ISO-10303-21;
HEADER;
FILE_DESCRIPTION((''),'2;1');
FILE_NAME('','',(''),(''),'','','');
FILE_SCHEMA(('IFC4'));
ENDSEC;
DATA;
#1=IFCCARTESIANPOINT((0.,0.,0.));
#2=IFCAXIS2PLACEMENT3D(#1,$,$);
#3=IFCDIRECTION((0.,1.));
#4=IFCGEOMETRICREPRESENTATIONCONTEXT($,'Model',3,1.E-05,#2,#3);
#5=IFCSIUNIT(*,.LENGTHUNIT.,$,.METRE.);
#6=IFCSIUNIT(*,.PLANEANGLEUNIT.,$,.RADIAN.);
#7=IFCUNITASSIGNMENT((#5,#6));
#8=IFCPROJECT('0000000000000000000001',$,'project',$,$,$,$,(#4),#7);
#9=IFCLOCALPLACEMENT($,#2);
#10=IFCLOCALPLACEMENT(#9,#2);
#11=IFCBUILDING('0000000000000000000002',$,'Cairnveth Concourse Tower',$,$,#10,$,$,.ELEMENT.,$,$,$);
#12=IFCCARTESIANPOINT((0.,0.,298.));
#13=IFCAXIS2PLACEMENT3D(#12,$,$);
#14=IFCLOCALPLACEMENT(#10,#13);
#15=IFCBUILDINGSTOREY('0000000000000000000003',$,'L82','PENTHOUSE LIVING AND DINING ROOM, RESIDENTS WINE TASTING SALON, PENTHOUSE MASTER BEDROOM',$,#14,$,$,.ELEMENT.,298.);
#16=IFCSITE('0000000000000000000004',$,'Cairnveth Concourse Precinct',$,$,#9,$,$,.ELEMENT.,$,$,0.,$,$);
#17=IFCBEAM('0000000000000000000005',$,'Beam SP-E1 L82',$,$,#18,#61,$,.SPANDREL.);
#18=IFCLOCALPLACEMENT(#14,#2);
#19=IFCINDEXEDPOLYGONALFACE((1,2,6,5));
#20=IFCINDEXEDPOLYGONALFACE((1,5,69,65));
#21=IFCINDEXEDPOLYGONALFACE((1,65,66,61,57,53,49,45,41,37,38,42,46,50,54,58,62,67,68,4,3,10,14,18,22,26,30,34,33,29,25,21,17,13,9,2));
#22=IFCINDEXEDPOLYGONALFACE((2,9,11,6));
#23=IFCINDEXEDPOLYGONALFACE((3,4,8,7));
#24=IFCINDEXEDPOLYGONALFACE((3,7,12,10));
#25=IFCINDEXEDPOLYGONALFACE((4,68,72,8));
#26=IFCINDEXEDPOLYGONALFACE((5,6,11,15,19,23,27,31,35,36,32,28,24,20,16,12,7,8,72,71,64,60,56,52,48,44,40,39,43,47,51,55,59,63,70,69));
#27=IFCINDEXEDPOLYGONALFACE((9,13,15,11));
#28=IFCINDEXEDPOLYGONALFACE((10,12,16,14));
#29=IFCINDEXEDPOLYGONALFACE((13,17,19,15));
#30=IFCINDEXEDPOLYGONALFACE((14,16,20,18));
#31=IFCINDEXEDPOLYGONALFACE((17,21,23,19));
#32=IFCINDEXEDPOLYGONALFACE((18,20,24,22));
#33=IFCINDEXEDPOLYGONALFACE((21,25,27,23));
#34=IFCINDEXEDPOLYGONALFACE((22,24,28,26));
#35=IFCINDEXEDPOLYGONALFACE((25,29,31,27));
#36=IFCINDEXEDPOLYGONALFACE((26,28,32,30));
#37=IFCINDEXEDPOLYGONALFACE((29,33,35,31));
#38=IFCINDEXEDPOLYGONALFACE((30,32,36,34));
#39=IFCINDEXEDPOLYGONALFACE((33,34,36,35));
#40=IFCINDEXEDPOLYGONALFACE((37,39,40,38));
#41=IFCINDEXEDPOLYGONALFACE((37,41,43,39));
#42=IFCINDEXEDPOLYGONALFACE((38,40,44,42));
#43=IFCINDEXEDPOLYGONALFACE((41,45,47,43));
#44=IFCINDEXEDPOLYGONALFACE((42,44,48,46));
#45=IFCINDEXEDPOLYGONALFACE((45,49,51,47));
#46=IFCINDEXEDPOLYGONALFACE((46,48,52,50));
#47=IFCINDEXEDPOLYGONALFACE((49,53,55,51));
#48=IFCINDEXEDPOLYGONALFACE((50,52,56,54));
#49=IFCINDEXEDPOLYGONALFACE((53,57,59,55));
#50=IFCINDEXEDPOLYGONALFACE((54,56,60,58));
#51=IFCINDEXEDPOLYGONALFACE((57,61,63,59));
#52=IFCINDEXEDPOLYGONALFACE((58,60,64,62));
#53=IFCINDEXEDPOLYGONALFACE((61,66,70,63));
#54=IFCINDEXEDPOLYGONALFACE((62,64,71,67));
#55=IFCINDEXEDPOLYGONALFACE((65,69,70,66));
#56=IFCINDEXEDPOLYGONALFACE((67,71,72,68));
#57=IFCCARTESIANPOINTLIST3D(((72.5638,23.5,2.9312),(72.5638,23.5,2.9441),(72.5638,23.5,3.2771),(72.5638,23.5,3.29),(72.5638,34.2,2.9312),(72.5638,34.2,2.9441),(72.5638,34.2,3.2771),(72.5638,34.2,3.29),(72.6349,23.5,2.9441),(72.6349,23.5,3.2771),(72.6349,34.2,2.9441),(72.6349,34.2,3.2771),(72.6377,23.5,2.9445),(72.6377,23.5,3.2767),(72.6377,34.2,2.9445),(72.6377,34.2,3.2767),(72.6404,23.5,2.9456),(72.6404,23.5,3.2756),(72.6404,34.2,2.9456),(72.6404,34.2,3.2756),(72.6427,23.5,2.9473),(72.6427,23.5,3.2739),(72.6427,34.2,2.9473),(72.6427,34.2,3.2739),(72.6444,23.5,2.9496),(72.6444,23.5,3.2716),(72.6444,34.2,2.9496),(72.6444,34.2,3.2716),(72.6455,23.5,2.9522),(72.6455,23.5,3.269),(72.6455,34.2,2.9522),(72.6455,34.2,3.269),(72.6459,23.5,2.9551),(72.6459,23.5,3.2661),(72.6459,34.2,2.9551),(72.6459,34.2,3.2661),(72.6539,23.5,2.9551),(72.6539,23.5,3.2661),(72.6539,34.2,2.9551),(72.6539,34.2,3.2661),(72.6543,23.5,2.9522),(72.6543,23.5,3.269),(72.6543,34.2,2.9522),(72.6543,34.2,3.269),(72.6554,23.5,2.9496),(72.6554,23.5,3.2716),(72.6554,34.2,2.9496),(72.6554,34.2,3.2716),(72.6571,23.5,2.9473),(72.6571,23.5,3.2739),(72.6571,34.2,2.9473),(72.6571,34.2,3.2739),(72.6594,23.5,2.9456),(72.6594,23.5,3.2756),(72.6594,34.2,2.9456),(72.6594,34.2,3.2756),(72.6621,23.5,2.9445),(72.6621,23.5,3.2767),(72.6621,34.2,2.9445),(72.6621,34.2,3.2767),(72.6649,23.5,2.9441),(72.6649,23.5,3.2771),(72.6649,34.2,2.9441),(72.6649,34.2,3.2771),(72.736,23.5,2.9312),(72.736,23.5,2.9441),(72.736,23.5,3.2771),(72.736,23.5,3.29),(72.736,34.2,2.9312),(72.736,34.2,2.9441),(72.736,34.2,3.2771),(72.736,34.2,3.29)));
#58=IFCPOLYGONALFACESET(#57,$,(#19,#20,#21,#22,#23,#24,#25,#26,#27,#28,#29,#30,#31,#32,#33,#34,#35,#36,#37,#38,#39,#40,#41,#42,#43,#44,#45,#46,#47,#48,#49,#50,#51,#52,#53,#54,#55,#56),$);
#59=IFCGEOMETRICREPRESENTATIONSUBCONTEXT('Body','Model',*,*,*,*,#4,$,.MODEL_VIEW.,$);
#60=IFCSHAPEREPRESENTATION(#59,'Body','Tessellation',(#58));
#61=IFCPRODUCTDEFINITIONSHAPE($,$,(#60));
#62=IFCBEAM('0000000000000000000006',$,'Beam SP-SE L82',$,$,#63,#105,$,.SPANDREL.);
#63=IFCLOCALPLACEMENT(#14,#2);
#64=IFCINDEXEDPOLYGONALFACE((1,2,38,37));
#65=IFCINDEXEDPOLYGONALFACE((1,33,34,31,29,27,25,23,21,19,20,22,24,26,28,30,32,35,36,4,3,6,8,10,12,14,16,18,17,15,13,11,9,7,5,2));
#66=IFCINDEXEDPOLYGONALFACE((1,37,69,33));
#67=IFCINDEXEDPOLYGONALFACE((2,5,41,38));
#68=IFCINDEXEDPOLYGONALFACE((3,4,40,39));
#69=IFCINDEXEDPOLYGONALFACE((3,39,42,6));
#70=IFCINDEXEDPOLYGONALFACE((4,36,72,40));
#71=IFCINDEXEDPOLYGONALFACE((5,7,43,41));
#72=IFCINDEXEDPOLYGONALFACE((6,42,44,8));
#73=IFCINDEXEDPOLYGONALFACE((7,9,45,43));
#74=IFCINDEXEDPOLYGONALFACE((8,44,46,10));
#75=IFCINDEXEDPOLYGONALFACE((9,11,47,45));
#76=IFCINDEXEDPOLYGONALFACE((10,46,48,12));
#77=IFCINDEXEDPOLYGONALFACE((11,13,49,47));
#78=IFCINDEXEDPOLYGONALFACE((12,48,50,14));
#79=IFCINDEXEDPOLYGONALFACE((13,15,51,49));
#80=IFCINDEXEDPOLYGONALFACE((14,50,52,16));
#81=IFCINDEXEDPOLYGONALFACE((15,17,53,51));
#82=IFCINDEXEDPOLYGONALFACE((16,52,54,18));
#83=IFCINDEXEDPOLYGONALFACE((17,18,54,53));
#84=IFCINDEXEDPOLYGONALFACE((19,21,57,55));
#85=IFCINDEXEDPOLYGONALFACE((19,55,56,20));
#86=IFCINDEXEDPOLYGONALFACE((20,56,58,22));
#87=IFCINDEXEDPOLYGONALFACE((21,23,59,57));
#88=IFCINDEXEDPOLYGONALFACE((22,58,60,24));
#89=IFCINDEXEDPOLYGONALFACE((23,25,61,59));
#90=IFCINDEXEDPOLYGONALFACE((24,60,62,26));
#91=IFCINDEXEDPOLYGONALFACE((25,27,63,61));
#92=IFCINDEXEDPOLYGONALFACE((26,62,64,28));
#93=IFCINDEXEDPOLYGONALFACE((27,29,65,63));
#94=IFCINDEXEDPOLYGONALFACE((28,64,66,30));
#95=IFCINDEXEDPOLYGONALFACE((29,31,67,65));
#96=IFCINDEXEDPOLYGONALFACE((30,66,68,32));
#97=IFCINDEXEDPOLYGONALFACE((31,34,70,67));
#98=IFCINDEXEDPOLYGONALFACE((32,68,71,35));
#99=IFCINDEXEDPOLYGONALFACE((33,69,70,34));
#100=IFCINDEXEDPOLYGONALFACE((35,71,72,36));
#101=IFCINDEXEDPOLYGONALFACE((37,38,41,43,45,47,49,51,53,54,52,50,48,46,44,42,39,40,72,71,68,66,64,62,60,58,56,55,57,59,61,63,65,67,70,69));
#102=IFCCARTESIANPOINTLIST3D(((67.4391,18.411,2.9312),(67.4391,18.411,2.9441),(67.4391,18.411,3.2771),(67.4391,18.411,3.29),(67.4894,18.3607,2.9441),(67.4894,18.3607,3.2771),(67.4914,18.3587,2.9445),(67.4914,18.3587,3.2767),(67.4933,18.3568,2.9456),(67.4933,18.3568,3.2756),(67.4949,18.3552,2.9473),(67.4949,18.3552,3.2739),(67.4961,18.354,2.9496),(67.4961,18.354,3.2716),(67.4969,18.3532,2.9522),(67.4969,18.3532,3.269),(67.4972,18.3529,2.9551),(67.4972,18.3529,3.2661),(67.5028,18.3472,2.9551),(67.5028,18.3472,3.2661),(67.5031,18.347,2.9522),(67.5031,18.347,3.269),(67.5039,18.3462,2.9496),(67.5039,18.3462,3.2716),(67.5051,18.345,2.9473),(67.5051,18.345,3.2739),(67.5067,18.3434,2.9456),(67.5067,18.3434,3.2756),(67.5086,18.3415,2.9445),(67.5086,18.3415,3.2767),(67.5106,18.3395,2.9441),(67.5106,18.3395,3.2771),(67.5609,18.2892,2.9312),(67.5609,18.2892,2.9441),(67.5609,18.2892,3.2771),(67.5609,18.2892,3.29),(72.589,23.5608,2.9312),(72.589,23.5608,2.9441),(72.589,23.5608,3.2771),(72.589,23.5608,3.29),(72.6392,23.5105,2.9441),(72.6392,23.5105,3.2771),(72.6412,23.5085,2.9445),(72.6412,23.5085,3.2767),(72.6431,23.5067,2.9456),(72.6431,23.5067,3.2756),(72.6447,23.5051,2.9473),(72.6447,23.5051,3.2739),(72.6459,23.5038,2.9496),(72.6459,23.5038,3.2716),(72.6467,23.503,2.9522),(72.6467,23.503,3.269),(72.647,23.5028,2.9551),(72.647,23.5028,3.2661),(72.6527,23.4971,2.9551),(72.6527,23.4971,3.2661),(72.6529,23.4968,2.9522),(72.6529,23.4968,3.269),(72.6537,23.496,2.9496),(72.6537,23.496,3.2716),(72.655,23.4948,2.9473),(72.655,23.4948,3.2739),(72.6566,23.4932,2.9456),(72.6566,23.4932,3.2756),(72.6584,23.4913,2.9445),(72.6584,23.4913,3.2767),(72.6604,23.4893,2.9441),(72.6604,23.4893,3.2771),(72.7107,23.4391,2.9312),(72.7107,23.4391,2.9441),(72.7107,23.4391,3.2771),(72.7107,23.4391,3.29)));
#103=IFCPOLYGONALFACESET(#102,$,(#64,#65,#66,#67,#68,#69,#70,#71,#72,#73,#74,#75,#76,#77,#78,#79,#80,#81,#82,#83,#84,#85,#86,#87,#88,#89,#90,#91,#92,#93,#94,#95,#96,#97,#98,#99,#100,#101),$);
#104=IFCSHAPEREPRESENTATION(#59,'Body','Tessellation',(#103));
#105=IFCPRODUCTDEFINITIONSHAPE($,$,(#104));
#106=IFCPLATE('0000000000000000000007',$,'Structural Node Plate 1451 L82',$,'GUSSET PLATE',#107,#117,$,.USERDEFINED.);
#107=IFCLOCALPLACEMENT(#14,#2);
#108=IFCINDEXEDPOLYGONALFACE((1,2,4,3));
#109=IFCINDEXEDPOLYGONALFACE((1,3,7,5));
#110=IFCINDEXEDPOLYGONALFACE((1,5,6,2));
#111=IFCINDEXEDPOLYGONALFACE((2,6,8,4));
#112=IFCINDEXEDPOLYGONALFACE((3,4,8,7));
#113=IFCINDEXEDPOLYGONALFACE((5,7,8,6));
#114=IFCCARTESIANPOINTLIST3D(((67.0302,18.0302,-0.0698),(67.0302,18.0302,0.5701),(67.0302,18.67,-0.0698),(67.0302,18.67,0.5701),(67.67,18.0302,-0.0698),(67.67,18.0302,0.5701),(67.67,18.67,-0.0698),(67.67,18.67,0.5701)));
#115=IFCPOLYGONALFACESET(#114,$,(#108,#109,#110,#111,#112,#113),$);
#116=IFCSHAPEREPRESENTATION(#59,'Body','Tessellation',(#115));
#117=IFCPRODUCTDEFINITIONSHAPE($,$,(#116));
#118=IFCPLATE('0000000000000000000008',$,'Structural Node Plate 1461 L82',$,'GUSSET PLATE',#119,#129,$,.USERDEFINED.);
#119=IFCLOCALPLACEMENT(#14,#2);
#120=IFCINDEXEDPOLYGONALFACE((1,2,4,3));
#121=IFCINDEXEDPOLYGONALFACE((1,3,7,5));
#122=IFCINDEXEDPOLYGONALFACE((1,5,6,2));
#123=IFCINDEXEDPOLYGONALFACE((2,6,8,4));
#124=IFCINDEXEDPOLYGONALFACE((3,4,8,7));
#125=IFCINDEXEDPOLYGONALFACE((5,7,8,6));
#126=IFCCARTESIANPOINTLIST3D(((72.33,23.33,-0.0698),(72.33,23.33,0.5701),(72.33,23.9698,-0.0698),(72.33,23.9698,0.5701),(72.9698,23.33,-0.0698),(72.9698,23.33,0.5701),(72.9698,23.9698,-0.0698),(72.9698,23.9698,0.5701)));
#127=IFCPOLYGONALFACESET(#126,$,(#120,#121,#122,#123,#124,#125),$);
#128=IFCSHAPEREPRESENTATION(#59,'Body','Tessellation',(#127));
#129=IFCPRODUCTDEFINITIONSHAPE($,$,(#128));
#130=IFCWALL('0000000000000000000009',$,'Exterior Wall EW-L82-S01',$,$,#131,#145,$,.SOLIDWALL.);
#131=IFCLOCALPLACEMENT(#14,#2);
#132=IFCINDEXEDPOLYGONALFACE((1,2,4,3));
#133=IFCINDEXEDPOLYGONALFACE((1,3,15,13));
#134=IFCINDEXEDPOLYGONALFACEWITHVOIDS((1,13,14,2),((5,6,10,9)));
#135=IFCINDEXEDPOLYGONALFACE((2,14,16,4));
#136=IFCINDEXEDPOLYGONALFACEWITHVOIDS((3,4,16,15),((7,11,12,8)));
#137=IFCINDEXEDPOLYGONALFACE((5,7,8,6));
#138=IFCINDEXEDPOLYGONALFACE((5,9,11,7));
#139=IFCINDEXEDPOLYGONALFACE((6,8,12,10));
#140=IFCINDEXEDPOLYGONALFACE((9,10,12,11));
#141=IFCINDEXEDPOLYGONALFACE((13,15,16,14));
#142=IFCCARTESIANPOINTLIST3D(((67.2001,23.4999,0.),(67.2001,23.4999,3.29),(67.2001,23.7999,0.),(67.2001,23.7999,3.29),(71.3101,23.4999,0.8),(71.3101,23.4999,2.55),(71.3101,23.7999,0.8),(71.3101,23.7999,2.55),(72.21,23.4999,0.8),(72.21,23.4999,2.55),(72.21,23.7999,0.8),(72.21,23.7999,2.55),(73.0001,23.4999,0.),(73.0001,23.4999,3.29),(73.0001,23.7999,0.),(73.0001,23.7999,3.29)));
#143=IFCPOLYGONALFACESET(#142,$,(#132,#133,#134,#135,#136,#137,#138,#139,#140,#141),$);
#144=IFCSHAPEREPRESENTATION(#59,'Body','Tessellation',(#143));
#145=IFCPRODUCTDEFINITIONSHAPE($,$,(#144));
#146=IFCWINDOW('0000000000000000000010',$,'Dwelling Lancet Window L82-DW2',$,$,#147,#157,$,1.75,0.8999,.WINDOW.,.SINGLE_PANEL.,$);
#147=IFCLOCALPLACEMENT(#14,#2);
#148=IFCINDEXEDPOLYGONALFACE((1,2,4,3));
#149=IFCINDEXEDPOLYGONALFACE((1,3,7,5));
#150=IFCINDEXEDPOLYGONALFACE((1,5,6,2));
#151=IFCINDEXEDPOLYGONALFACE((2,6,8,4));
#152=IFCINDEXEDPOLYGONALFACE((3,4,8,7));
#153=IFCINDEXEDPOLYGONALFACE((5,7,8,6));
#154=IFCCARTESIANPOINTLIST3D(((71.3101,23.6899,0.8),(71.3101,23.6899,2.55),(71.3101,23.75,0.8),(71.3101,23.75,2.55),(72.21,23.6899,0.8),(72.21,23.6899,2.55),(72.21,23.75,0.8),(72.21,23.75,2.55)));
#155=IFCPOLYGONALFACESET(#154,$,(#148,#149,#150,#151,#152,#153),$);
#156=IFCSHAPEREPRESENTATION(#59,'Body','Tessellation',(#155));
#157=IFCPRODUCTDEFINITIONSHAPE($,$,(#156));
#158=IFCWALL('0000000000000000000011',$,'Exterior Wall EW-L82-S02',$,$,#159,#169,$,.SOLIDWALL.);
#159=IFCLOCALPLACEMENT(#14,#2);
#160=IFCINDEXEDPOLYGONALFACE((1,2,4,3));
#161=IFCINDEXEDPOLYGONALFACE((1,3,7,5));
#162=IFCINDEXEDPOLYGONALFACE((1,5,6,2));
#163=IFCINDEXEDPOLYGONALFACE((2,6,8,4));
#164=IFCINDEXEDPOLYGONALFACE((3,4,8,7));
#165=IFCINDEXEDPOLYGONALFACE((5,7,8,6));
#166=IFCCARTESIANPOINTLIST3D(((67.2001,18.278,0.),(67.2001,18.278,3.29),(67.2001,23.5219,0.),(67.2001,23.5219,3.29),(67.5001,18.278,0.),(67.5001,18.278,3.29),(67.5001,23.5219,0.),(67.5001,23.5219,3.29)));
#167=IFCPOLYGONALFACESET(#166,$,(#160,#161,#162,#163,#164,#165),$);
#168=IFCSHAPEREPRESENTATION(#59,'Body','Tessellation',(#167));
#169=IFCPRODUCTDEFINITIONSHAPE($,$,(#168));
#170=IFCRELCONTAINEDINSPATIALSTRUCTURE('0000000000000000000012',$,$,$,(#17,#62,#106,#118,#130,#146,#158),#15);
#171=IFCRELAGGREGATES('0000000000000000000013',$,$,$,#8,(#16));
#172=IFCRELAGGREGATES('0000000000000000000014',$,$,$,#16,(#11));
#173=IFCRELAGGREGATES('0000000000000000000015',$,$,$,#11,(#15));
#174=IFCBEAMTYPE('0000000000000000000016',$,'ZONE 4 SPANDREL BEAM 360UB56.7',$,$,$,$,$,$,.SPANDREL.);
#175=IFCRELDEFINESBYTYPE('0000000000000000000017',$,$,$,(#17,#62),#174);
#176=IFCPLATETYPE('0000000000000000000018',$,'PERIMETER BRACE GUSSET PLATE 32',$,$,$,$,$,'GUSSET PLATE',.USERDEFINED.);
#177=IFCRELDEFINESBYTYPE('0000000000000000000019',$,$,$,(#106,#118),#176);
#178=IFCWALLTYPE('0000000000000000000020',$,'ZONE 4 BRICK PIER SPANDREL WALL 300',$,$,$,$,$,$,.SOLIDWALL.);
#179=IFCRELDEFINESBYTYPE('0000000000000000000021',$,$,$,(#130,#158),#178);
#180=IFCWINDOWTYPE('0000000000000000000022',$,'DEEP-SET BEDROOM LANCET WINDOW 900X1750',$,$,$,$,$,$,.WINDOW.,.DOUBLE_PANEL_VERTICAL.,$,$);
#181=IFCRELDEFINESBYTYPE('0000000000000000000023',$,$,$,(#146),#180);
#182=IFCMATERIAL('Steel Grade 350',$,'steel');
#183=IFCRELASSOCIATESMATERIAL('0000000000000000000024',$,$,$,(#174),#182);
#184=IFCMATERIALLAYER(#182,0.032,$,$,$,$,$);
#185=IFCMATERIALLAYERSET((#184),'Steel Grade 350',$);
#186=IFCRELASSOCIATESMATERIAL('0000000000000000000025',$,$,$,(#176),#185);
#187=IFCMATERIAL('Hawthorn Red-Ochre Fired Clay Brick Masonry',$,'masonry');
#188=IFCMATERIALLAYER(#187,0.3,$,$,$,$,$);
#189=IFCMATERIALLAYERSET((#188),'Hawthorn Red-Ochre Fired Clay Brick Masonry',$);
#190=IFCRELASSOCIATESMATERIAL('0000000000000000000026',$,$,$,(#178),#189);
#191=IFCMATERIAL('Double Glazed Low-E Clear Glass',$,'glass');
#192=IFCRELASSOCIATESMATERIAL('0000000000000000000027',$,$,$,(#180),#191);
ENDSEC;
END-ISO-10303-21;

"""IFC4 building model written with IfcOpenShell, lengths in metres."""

from ifc_helpers import new_model, si_unit, direction, frame, frame_2d, origin, origin_2d, place, context, subcontext, project, spatial, rectangle, i_section, extrude, material, layer, layer_set, material_profile, profile_set, type_object, element, fill, save


model = new_model("IFC4")

# Units and contexts
model_context = context("Model", 3, precision=1e-05, world=origin(), true_north=direction((0.0, 1.0)))
body_context = subcontext(model_context, "Body", "Model", "MODEL_VIEW")
ifc_project = project(units=[si_unit("LENGTHUNIT", "METRE"), si_unit("PLANEANGLEUNIT", "RADIAN")], contexts=[model_context])

# Site, building, storey
site_placement = place(None, origin())
site = spatial("IfcSite", under=ifc_project, at=site_placement, Name="Cairnveth Concourse Precinct", CompositionType="ELEMENT", RefElevation=0.0)
building_placement = place(site_placement, origin())
building = spatial("IfcBuilding", under=site, at=building_placement, Name="Cairnveth Concourse Tower", CompositionType="ELEMENT")
storey_placement = place(building_placement, frame((0.0, 0.0, 298.0)))
storey = spatial("IfcBuildingStorey", under=building, at=storey_placement, Name="L82", Description="PENTHOUSE LIVING AND DINING ROOM, RESIDENTS WINE TASTING SALON, PENTHOUSE MASTER BEDROOM", CompositionType="ELEMENT", Elevation=298.0)

# Shared definitions
ifc_material_1 = material(Name="Steel Grade 350", Category="steel")

# Beams
ifc_material_profile_1 = material_profile(ifc_material_1, i_section(OverallWidth=0.1721, OverallDepth=0.3589, WebThickness=0.0081, FlangeThickness=0.0129, FilletRadius=0.011, at=origin_2d()), Name="360UB56.7")
ifc_profile_set_1 = profile_set([ifc_material_profile_1], Name="Steel Grade 350")
beam_type_1 = type_object("IfcBeamType", Name="ZONE 4 SPANDREL BEAM 360UB56.7", PredefinedType="SPANDREL", material=ifc_profile_set_1)
beam_1_placement = place(storey_placement, frame((72.6499, 23.5, 3.1106), z_axis=(0.0, 1.0, 0.0), x_axis=(-1.0, 0.0, 0.0)))
element("IfcBeam", 1, at=beam_1_placement, inside=storey, type_object=beam_type_1, Name="Beam SP-E1 L82", PredefinedType="SPANDREL", context=body_context, shape_type="SweptSolid", body=[
    extrude(i_section(OverallWidth=0.1721, OverallDepth=0.3589, WebThickness=0.0081, FlangeThickness=0.0129, FilletRadius=0.011, at=origin_2d()), origin(), (0.0, 0.0, 1.0), 10.7),
])
beam_2_placement = place(storey_placement, frame((67.5, 18.3501, 3.1106), z_axis=(0.707107, 0.707107, 0.0), x_axis=(-0.707107, 0.707107, 0.0)))
element("IfcBeam", 2, at=beam_2_placement, inside=storey, type_object=beam_type_1, Name="Beam SP-SE L82", PredefinedType="SPANDREL", context=body_context, shape_type="SweptSolid", body=[
    extrude(i_section(OverallWidth=0.1721, OverallDepth=0.3589, WebThickness=0.0081, FlangeThickness=0.0129, FilletRadius=0.011, at=origin_2d()), origin(), (0.0, 0.0, 1.0), 7.283),
])

# Plates
ifc_layer_1 = layer(ifc_material_1, 0.032)
ifc_layer_set_1 = layer_set([ifc_layer_1], Name="Steel Grade 350")
plate_type = type_object("IfcPlateType", Name="PERIMETER BRACE GUSSET PLATE 32", ElementType="GUSSET PLATE", PredefinedType="USERDEFINED", material=ifc_layer_set_1)
for number, where, z_axis, x_axis, name in (
    (3, (67.3501, 18.3501, -0.0698), (0.0, 0.0, 1.0), (1.0, 0.0, 0.0), "Structural Node Plate 1451 L82"),
    (4, (72.6499, 23.6499, -0.0698), (0.0, 0.0, 1.0), (1.0, 0.0, 0.0), "Structural Node Plate 1461 L82"),
):
    element("IfcPlate", number, at=place(storey_placement, frame(where, z_axis=z_axis, x_axis=x_axis)), inside=storey, type_object=plate_type, Name=name, ObjectType="GUSSET PLATE", PredefinedType="USERDEFINED", context=body_context, shape_type="SweptSolid", body=[
        extrude(rectangle(XDim=0.6399, YDim=0.6399, at=origin_2d()), origin(), (0.0, 0.0, 1.0), 0.6399),
    ])

# Wall, opening, window
ifc_material_2 = material(Name="Hawthorn Red-Ochre Fired Clay Brick Masonry", Category="masonry")
ifc_layer_2 = layer(ifc_material_2, 0.3)
ifc_layer_set_2 = layer_set([ifc_layer_2], Name="Hawthorn Red-Ochre Fired Clay Brick Masonry")
wall_type = type_object("IfcWallType", Name="ZONE 4 BRICK PIER SPANDREL WALL 300", PredefinedType="SOLIDWALL", material=ifc_layer_set_2)
wall_1_placement = place(storey_placement, frame((73.0, 23.6499, 0.0), z_axis=(0.0, 0.0, 1.0), x_axis=(-1.0, 0.0, 0.0)))
wall_1 = element("IfcWall", 5, at=wall_1_placement, inside=storey, type_object=wall_type, Name="Exterior Wall EW-L82-S01", PredefinedType="SOLIDWALL", context=body_context, shape_type="SweptSolid", body=[
    extrude(rectangle(XDim=5.8, YDim=0.3, at=frame_2d((2.8999, 0.0))), origin(), (0.0, 0.0, 1.0), 3.29),
])
opening_1_placement = place(wall_1_placement, frame((0.79, 0.0, 0.8)))
opening_1 = element("IfcOpeningElement", 6, at=opening_1_placement, cuts=wall_1, PredefinedType="OPENING", context=body_context, shape_type="SweptSolid", body=[
    extrude(rectangle(XDim=0.8999, YDim=1.75, at=frame_2d((0.45, 0.875))), frame((0.0, 0.1599, 0.0), z_axis=(0.0, -1.0, 0.0), x_axis=(1.0, 0.0, 0.0)), (0.0, 0.0, 1.0), 0.3201),
])
ifc_material_3 = material(Name="Double Glazed Low-E Clear Glass", Category="glass")
window_type_1 = type_object("IfcWindowType", Name="DEEP-SET BEDROOM LANCET WINDOW 900X1750", PartitioningType="DOUBLE_PANEL_VERTICAL", PredefinedType="WINDOW", material=ifc_material_3)
window_1_placement = place(opening_1_placement, origin())
window_1 = element("IfcWindow", 7, at=window_1_placement, inside=storey, type_object=window_type_1, Name="Dwelling Lancet Window L82-DW2", OverallHeight=1.75, OverallWidth=0.8999, PartitioningType="SINGLE_PANEL", PredefinedType="WINDOW", context=body_context, shape_type="SweptSolid", body=[
    extrude(rectangle(XDim=0.8999, YDim=1.75, at=frame_2d((0.45, 0.875))), frame((0.0, -0.04, 0.0), z_axis=(0.0, -1.0, 0.0), x_axis=(1.0, 0.0, 0.0)), (0.0, 0.0, 1.0), 0.0601),
])
fill(opening_1, window_1)

# Wall
wall_2_placement = place(storey_placement, frame((67.3501, 23.522, 0.0), z_axis=(0.0, 0.0, 1.0), x_axis=(0.0, -1.0, 0.0)))
element("IfcWall", 8, at=wall_2_placement, inside=storey, type_object=wall_type, Name="Exterior Wall EW-L82-S02", PredefinedType="SOLIDWALL", context=body_context, shape_type="SweptSolid", body=[
    extrude(rectangle(XDim=5.2439, YDim=0.3, at=frame_2d((2.6221, 0.0))), origin(), (0.0, 0.0, 1.0), 3.29),
])

save(model, "model.ifc")
